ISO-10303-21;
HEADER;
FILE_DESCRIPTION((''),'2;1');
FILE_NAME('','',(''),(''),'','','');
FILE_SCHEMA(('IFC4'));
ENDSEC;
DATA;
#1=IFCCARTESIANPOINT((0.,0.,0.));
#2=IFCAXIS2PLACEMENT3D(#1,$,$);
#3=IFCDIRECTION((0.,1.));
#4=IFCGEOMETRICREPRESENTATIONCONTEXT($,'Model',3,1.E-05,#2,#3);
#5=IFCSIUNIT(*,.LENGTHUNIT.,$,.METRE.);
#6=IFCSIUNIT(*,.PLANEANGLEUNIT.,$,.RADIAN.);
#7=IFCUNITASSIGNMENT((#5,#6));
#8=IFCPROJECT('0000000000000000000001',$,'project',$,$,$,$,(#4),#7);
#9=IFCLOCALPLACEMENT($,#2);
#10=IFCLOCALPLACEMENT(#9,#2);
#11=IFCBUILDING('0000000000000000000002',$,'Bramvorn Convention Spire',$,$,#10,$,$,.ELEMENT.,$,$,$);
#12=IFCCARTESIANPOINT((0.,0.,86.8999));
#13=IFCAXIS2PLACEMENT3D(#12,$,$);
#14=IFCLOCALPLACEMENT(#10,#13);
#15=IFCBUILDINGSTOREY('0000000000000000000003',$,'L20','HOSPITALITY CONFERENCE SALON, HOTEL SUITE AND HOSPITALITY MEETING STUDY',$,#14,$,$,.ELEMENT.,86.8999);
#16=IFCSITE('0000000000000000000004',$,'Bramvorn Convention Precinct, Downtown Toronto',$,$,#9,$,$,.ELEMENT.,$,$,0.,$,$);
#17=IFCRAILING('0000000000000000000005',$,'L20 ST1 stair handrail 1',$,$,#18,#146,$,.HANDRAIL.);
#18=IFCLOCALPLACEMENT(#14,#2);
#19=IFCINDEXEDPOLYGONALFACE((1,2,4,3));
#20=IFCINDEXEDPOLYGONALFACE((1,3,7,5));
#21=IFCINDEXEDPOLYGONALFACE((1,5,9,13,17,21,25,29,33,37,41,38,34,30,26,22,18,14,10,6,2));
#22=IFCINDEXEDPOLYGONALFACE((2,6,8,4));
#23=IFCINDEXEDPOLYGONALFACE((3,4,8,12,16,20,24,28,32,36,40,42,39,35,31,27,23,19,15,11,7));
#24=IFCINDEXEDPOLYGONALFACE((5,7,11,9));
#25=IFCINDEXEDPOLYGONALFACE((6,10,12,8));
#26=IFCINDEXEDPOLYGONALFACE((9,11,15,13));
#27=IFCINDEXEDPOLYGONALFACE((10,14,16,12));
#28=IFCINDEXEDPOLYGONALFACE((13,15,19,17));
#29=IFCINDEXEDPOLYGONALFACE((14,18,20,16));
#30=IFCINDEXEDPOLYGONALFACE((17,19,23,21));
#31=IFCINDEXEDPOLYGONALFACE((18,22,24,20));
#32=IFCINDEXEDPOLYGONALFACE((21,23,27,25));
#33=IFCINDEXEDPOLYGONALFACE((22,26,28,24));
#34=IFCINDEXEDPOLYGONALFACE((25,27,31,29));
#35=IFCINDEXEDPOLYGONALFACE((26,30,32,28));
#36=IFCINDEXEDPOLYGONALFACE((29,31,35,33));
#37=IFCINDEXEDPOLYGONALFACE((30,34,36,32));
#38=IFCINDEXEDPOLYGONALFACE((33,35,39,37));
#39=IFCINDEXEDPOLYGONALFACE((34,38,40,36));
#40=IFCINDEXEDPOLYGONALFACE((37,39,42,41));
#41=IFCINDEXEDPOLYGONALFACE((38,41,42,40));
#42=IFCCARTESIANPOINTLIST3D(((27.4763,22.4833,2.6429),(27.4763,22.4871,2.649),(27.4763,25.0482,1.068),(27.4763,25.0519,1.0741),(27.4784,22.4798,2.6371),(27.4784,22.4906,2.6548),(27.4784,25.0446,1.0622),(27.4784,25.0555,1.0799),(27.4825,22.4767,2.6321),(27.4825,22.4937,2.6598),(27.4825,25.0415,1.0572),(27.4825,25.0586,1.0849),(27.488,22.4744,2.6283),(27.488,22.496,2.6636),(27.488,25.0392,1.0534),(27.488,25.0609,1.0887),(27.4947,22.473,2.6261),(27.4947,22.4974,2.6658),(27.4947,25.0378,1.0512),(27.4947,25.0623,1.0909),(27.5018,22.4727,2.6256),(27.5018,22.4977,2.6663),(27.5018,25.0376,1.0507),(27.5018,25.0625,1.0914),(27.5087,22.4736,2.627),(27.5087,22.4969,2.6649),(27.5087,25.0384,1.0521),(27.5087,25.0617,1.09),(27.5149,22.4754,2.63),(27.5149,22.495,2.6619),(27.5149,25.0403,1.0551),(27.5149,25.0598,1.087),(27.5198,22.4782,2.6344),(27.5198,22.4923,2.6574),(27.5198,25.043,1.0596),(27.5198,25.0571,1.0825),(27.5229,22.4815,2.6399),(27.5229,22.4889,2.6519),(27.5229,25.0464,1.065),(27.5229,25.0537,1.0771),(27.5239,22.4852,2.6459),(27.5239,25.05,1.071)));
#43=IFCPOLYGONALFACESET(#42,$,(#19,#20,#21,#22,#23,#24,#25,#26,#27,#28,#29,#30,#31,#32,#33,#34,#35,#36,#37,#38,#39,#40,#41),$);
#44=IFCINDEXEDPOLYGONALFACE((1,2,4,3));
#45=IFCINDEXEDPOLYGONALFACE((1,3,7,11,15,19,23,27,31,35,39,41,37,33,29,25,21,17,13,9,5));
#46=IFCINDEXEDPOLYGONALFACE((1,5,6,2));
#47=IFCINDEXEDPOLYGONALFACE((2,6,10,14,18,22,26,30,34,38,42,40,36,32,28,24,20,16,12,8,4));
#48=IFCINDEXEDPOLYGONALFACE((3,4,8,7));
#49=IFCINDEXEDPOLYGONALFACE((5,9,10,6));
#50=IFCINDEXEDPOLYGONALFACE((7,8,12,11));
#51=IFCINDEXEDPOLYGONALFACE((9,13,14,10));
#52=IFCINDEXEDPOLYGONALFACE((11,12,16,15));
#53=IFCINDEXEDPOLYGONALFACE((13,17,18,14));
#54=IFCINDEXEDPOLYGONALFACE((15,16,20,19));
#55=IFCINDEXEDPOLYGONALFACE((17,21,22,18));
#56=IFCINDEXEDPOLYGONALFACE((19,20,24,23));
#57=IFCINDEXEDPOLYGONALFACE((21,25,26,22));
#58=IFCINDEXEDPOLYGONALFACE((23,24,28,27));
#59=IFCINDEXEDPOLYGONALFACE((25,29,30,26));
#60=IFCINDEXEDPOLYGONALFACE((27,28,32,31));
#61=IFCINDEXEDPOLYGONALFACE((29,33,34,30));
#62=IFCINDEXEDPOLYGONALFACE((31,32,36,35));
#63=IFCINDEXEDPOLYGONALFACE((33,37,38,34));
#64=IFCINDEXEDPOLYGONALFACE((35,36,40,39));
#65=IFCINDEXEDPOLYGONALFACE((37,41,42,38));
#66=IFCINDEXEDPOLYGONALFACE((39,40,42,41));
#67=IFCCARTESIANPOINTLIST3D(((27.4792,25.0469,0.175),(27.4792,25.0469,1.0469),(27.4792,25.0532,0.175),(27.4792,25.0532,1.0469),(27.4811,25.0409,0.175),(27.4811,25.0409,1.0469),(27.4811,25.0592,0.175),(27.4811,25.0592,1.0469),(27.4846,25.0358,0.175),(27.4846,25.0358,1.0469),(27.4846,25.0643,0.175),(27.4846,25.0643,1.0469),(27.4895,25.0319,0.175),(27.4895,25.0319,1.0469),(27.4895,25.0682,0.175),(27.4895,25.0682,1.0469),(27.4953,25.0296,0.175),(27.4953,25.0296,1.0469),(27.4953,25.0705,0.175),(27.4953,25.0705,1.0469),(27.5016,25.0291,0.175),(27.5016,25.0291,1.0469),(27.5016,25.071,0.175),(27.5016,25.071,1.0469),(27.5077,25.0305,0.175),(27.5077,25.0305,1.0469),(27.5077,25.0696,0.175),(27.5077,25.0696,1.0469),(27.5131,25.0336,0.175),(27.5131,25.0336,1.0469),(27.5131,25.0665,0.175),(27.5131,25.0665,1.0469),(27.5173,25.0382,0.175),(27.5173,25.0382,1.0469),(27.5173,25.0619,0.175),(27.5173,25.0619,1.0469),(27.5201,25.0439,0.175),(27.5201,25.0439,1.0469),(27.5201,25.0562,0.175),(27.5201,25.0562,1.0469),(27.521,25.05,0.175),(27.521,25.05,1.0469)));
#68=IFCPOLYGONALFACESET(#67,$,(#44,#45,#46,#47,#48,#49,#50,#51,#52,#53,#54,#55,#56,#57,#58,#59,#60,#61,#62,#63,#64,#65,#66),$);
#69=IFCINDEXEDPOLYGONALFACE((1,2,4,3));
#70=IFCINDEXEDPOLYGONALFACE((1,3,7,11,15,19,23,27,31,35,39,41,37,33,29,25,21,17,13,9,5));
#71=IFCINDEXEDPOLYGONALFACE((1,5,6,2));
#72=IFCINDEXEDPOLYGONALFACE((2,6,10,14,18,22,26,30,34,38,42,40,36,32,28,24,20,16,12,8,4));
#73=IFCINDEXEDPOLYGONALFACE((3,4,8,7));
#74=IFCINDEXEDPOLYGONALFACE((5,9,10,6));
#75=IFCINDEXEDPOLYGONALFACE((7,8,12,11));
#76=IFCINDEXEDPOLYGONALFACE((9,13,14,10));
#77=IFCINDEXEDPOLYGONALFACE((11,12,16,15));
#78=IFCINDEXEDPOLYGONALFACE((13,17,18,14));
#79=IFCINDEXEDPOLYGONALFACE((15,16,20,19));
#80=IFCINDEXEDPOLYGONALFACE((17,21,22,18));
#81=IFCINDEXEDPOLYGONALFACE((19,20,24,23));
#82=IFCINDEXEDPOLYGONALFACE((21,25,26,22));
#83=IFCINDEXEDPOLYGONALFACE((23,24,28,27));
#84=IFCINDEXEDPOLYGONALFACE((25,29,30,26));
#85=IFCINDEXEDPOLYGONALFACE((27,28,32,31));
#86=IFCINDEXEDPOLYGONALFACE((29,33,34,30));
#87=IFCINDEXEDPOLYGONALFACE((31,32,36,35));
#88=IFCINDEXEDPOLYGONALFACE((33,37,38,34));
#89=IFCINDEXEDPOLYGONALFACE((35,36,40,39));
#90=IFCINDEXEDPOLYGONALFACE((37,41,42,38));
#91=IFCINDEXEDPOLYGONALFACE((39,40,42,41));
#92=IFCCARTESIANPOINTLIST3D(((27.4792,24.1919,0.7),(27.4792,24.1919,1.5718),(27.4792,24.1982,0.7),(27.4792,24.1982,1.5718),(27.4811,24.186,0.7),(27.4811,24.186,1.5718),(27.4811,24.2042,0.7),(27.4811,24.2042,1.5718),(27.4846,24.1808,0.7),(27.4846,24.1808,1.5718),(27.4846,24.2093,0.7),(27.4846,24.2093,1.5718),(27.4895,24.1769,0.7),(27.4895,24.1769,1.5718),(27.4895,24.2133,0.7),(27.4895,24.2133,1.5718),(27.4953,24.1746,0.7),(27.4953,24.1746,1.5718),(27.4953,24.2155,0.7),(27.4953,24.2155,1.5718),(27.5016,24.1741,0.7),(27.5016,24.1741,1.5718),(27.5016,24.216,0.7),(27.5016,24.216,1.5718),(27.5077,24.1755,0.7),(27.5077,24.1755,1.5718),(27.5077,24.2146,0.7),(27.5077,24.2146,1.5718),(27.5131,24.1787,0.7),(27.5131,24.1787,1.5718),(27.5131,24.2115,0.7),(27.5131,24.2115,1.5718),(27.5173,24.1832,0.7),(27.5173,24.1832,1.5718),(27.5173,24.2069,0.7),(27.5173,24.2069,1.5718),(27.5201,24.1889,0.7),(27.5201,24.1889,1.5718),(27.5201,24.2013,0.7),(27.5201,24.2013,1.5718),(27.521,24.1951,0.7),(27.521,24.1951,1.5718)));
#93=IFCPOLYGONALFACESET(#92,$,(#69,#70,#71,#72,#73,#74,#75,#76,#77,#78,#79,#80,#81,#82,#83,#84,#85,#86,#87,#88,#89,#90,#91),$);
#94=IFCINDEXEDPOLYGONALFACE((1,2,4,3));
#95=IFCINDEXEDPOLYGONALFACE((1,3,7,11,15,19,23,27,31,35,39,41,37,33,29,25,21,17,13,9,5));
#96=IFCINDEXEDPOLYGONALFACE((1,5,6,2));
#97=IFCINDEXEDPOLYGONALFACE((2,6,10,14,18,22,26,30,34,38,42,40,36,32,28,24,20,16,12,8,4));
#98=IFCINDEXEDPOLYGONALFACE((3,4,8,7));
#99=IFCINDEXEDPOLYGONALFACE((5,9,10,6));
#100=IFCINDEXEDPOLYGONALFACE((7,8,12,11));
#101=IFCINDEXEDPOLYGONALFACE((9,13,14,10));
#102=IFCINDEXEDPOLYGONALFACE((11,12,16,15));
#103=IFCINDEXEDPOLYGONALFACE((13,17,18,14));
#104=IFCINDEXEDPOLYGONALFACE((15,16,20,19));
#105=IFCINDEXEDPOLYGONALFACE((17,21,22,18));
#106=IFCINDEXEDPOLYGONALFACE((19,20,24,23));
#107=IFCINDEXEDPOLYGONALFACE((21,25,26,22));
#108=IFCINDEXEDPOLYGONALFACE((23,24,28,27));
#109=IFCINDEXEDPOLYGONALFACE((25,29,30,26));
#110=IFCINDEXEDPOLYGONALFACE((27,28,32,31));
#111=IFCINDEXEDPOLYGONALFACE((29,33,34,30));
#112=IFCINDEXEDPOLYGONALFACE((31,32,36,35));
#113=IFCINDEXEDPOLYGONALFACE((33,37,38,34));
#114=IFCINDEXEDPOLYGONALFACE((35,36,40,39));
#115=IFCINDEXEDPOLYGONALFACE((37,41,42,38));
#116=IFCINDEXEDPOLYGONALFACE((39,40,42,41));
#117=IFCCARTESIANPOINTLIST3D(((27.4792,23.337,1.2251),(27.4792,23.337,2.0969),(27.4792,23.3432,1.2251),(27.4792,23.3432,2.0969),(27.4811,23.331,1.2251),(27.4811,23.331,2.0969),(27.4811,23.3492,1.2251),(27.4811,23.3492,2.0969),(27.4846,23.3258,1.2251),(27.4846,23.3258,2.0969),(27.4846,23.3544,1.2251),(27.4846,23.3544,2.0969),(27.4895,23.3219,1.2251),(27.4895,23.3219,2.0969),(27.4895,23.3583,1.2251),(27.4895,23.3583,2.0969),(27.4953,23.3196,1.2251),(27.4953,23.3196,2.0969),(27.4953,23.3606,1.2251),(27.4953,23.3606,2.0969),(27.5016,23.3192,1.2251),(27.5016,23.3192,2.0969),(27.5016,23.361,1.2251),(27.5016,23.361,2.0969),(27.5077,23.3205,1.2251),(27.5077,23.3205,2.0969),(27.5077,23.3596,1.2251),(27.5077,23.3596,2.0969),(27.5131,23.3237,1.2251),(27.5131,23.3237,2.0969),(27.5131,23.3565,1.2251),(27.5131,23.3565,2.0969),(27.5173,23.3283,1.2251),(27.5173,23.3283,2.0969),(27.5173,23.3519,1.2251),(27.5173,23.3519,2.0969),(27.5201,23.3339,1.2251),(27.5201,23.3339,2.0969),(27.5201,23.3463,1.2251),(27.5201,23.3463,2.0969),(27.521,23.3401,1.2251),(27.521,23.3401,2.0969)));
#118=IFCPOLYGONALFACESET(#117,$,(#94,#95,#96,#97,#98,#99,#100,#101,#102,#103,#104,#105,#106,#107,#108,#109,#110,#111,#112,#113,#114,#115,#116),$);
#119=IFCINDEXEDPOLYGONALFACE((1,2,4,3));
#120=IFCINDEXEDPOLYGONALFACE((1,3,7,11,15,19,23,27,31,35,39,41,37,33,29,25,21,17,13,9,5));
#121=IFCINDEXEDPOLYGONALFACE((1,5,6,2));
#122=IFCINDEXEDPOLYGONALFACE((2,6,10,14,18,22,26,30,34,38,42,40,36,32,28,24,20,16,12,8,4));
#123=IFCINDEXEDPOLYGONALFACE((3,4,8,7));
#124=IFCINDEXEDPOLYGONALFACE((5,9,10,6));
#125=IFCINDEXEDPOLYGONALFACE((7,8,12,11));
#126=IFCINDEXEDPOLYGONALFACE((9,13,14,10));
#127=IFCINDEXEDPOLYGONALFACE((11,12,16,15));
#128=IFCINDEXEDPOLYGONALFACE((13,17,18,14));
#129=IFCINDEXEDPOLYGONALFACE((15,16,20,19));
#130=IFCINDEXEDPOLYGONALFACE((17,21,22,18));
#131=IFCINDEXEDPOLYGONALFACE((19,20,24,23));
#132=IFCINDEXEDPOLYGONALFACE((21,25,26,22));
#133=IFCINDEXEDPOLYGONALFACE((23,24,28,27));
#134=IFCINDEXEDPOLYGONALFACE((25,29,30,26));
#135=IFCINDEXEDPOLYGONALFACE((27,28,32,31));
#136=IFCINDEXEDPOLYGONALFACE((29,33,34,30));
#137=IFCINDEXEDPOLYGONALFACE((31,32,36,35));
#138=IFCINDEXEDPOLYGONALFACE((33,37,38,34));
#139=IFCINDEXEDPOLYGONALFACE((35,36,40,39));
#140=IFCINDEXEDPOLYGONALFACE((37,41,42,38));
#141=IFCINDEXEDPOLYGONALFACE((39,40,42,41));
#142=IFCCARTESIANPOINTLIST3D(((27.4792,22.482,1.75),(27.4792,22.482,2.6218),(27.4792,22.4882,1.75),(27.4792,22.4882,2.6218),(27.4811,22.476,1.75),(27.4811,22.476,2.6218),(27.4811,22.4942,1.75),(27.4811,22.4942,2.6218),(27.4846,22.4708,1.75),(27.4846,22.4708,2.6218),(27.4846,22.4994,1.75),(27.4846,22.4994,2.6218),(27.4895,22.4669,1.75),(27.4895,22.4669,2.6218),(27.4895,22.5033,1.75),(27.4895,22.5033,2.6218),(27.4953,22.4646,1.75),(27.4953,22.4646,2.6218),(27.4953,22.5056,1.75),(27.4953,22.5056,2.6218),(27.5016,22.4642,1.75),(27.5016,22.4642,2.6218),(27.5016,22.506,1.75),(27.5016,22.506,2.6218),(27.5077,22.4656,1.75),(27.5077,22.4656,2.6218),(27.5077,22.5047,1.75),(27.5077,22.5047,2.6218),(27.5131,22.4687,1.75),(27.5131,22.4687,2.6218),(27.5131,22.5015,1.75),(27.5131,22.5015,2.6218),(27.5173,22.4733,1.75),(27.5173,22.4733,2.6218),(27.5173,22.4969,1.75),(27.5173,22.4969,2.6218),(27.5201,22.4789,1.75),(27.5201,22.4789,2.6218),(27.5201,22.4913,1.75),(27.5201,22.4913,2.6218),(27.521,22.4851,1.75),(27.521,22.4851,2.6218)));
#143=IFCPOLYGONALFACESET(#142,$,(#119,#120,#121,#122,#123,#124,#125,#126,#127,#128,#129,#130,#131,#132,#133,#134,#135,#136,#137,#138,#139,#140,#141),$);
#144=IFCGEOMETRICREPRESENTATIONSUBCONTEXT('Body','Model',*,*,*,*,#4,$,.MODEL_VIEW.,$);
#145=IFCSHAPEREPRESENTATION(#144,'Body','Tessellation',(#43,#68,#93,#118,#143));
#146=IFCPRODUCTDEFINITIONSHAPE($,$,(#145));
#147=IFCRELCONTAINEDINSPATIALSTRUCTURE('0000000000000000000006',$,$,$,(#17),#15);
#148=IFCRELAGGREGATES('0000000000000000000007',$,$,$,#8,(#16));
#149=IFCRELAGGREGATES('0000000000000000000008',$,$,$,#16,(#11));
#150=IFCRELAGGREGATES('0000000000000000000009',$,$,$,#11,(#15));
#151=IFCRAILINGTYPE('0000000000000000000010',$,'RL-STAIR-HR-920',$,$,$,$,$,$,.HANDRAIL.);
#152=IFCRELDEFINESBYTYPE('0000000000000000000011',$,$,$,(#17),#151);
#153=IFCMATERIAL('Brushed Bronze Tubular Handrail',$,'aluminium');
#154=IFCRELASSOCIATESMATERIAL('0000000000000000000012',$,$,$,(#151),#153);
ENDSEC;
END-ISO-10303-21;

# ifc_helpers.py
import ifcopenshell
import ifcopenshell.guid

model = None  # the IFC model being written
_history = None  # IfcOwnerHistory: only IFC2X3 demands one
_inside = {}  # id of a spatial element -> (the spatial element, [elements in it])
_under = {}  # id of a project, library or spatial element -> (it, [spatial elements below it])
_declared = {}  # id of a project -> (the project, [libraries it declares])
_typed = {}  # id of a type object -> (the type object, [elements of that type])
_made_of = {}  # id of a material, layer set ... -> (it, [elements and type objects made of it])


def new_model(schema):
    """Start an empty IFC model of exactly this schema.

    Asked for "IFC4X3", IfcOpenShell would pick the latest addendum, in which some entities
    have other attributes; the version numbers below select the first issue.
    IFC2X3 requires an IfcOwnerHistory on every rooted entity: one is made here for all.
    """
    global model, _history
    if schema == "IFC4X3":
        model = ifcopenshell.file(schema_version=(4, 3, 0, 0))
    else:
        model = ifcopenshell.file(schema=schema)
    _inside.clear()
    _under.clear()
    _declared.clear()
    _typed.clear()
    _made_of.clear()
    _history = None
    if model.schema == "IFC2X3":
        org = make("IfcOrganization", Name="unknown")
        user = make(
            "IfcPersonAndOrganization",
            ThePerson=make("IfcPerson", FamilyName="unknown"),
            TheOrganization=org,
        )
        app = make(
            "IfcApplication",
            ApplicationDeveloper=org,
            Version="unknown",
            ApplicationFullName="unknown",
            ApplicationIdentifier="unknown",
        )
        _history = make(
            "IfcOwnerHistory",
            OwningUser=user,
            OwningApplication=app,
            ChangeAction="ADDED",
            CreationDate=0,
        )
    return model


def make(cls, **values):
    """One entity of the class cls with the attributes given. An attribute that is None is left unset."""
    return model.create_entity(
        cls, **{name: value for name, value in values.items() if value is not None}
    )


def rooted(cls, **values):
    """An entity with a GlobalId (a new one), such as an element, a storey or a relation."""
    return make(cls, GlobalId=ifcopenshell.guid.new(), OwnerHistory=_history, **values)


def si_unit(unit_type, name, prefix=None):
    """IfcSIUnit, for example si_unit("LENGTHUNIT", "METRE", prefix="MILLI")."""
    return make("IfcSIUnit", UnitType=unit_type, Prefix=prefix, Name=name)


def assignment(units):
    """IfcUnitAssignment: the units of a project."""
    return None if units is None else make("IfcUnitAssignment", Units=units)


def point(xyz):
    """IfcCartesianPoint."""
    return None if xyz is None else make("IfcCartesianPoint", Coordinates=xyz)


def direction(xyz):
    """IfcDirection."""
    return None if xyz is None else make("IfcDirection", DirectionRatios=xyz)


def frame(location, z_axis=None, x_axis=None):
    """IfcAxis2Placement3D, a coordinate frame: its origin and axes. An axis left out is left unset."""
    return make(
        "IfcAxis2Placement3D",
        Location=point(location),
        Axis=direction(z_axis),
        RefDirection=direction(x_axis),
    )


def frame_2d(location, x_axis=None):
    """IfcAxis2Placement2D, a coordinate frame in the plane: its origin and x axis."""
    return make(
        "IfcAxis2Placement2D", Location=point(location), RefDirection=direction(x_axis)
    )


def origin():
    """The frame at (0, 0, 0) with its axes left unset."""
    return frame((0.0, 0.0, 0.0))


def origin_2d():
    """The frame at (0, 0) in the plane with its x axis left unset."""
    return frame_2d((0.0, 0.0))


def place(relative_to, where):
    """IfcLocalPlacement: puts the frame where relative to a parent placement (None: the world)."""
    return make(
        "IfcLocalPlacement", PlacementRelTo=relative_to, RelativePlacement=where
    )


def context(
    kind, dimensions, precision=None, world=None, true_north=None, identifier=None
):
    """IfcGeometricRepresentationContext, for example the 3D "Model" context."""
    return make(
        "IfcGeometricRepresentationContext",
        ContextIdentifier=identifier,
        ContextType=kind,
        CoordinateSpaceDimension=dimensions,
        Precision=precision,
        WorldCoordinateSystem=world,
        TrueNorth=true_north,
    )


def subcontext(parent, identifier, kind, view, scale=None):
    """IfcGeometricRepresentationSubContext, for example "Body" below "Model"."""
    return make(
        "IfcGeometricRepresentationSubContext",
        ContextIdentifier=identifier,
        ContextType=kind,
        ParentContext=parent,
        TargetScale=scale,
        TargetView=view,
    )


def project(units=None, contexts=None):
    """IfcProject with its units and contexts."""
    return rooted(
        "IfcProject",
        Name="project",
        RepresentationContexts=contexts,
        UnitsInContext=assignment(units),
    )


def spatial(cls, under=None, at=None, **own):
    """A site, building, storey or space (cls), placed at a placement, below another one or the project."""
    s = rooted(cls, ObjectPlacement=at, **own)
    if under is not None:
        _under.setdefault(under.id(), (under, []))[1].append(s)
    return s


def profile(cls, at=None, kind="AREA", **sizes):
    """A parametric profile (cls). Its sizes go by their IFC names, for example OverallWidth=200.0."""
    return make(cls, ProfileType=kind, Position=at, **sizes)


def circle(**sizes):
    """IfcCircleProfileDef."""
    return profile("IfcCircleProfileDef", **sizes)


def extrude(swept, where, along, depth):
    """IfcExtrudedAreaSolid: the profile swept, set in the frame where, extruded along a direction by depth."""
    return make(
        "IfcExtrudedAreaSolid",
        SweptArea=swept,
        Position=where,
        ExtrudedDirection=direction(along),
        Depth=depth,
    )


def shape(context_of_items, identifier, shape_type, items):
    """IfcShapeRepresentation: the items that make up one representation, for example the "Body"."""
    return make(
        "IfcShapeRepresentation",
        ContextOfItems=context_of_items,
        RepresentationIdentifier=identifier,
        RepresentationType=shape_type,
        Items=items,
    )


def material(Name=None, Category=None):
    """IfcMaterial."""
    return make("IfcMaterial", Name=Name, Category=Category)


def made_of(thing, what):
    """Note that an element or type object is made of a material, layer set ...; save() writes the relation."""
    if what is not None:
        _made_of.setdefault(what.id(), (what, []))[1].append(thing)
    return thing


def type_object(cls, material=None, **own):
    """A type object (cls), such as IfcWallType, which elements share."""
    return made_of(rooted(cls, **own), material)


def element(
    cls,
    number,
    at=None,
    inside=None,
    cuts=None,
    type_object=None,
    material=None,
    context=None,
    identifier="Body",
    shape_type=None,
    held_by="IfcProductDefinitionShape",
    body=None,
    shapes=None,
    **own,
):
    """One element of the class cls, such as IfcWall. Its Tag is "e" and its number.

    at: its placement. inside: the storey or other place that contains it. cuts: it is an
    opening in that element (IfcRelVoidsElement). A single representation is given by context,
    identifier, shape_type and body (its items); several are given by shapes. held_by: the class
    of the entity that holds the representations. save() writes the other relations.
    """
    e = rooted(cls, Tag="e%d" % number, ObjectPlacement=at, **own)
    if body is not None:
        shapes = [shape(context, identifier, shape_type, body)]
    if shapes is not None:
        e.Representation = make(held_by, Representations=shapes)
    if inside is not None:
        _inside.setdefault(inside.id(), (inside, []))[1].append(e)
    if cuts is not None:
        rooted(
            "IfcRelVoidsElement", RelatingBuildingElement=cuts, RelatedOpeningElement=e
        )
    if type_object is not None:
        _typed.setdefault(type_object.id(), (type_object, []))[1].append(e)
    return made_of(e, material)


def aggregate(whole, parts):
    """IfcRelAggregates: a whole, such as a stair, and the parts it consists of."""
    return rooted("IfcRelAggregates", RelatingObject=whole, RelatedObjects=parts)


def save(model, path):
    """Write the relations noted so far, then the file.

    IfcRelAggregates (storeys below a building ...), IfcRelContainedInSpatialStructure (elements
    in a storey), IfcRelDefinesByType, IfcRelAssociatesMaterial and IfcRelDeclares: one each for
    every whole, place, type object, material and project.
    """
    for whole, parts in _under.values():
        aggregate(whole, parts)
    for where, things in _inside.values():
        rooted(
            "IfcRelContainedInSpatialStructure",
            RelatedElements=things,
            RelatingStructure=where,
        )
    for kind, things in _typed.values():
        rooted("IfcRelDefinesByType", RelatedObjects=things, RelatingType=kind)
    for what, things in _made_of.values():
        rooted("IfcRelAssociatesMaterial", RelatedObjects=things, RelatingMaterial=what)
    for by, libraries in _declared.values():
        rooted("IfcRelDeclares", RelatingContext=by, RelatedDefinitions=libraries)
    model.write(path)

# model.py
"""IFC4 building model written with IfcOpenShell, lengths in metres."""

from ifc_helpers import new_model, si_unit, direction, frame, origin, origin_2d, place, context, subcontext, project, spatial, circle, extrude, material, type_object, element, save


model = new_model("IFC4")

# Units and contexts
model_context = context("Model", 3, precision=1e-05, world=origin(), true_north=direction((0.0, 1.0)))
body_context = subcontext(model_context, "Body", "Model", "MODEL_VIEW")
ifc_project = project(units=[si_unit("LENGTHUNIT", "METRE"), si_unit("PLANEANGLEUNIT", "RADIAN")], contexts=[model_context])

# Site, building, storey
site_placement = place(None, origin())
site = spatial("IfcSite", under=ifc_project, at=site_placement, Name="Bramvorn Convention Precinct, Downtown Toronto", CompositionType="ELEMENT", RefElevation=0.0)
building_placement = place(site_placement, origin())
building = spatial("IfcBuilding", under=site, at=building_placement, Name="Bramvorn Convention Spire", CompositionType="ELEMENT")
storey_placement = place(building_placement, frame((0.0, 0.0, 86.8999)))
storey = spatial("IfcBuildingStorey", under=building, at=storey_placement, Name="L20", Description="HOSPITALITY CONFERENCE SALON, HOTEL SUITE AND HOSPITALITY MEETING STUDY", CompositionType="ELEMENT", Elevation=86.8999)

# Railing
ifc_material_1 = material(Name="Brushed Bronze Tubular Handrail", Category="aluminium")
railing_type_1 = type_object("IfcRailingType", Name="RL-STAIR-HR-920", PredefinedType="HANDRAIL", material=ifc_material_1)
railing_1_placement = place(storey_placement, frame((27.5, 25.05, 0.175)))
element("IfcRailing", 1, at=railing_1_placement, inside=storey, type_object=railing_type_1, Name="L20 ST1 stair handrail 1", PredefinedType="HANDRAIL", context=body_context, shape_type="SweptSolid", body=[
    extrude(circle(Radius=0.0239, at=origin_2d()), frame((0.0, 0.0, 0.896), z_axis=(0.0, -0.852173, 0.52326), x_axis=(1.0, 0.0, 0.0)), (0.0, 0.0, 1.0), 3.0098),
    extrude(circle(Radius=0.021, at=origin_2d()), origin(), (0.0, 0.0, 1.0), 0.8718),
    extrude(circle(Radius=0.021, at=origin_2d()), frame((0.0, -0.855, 0.5249)), (0.0, 0.0, 1.0), 0.8718),
    extrude(circle(Radius=0.021, at=origin_2d()), frame((0.0, -1.71, 1.05)), (0.0, 0.0, 1.0), 0.8718),
    extrude(circle(Radius=0.021, at=origin_2d()), frame((0.0, -2.5649, 1.575)), (0.0, 0.0, 1.0), 0.8718),
])

save(model, "model.ifc")
